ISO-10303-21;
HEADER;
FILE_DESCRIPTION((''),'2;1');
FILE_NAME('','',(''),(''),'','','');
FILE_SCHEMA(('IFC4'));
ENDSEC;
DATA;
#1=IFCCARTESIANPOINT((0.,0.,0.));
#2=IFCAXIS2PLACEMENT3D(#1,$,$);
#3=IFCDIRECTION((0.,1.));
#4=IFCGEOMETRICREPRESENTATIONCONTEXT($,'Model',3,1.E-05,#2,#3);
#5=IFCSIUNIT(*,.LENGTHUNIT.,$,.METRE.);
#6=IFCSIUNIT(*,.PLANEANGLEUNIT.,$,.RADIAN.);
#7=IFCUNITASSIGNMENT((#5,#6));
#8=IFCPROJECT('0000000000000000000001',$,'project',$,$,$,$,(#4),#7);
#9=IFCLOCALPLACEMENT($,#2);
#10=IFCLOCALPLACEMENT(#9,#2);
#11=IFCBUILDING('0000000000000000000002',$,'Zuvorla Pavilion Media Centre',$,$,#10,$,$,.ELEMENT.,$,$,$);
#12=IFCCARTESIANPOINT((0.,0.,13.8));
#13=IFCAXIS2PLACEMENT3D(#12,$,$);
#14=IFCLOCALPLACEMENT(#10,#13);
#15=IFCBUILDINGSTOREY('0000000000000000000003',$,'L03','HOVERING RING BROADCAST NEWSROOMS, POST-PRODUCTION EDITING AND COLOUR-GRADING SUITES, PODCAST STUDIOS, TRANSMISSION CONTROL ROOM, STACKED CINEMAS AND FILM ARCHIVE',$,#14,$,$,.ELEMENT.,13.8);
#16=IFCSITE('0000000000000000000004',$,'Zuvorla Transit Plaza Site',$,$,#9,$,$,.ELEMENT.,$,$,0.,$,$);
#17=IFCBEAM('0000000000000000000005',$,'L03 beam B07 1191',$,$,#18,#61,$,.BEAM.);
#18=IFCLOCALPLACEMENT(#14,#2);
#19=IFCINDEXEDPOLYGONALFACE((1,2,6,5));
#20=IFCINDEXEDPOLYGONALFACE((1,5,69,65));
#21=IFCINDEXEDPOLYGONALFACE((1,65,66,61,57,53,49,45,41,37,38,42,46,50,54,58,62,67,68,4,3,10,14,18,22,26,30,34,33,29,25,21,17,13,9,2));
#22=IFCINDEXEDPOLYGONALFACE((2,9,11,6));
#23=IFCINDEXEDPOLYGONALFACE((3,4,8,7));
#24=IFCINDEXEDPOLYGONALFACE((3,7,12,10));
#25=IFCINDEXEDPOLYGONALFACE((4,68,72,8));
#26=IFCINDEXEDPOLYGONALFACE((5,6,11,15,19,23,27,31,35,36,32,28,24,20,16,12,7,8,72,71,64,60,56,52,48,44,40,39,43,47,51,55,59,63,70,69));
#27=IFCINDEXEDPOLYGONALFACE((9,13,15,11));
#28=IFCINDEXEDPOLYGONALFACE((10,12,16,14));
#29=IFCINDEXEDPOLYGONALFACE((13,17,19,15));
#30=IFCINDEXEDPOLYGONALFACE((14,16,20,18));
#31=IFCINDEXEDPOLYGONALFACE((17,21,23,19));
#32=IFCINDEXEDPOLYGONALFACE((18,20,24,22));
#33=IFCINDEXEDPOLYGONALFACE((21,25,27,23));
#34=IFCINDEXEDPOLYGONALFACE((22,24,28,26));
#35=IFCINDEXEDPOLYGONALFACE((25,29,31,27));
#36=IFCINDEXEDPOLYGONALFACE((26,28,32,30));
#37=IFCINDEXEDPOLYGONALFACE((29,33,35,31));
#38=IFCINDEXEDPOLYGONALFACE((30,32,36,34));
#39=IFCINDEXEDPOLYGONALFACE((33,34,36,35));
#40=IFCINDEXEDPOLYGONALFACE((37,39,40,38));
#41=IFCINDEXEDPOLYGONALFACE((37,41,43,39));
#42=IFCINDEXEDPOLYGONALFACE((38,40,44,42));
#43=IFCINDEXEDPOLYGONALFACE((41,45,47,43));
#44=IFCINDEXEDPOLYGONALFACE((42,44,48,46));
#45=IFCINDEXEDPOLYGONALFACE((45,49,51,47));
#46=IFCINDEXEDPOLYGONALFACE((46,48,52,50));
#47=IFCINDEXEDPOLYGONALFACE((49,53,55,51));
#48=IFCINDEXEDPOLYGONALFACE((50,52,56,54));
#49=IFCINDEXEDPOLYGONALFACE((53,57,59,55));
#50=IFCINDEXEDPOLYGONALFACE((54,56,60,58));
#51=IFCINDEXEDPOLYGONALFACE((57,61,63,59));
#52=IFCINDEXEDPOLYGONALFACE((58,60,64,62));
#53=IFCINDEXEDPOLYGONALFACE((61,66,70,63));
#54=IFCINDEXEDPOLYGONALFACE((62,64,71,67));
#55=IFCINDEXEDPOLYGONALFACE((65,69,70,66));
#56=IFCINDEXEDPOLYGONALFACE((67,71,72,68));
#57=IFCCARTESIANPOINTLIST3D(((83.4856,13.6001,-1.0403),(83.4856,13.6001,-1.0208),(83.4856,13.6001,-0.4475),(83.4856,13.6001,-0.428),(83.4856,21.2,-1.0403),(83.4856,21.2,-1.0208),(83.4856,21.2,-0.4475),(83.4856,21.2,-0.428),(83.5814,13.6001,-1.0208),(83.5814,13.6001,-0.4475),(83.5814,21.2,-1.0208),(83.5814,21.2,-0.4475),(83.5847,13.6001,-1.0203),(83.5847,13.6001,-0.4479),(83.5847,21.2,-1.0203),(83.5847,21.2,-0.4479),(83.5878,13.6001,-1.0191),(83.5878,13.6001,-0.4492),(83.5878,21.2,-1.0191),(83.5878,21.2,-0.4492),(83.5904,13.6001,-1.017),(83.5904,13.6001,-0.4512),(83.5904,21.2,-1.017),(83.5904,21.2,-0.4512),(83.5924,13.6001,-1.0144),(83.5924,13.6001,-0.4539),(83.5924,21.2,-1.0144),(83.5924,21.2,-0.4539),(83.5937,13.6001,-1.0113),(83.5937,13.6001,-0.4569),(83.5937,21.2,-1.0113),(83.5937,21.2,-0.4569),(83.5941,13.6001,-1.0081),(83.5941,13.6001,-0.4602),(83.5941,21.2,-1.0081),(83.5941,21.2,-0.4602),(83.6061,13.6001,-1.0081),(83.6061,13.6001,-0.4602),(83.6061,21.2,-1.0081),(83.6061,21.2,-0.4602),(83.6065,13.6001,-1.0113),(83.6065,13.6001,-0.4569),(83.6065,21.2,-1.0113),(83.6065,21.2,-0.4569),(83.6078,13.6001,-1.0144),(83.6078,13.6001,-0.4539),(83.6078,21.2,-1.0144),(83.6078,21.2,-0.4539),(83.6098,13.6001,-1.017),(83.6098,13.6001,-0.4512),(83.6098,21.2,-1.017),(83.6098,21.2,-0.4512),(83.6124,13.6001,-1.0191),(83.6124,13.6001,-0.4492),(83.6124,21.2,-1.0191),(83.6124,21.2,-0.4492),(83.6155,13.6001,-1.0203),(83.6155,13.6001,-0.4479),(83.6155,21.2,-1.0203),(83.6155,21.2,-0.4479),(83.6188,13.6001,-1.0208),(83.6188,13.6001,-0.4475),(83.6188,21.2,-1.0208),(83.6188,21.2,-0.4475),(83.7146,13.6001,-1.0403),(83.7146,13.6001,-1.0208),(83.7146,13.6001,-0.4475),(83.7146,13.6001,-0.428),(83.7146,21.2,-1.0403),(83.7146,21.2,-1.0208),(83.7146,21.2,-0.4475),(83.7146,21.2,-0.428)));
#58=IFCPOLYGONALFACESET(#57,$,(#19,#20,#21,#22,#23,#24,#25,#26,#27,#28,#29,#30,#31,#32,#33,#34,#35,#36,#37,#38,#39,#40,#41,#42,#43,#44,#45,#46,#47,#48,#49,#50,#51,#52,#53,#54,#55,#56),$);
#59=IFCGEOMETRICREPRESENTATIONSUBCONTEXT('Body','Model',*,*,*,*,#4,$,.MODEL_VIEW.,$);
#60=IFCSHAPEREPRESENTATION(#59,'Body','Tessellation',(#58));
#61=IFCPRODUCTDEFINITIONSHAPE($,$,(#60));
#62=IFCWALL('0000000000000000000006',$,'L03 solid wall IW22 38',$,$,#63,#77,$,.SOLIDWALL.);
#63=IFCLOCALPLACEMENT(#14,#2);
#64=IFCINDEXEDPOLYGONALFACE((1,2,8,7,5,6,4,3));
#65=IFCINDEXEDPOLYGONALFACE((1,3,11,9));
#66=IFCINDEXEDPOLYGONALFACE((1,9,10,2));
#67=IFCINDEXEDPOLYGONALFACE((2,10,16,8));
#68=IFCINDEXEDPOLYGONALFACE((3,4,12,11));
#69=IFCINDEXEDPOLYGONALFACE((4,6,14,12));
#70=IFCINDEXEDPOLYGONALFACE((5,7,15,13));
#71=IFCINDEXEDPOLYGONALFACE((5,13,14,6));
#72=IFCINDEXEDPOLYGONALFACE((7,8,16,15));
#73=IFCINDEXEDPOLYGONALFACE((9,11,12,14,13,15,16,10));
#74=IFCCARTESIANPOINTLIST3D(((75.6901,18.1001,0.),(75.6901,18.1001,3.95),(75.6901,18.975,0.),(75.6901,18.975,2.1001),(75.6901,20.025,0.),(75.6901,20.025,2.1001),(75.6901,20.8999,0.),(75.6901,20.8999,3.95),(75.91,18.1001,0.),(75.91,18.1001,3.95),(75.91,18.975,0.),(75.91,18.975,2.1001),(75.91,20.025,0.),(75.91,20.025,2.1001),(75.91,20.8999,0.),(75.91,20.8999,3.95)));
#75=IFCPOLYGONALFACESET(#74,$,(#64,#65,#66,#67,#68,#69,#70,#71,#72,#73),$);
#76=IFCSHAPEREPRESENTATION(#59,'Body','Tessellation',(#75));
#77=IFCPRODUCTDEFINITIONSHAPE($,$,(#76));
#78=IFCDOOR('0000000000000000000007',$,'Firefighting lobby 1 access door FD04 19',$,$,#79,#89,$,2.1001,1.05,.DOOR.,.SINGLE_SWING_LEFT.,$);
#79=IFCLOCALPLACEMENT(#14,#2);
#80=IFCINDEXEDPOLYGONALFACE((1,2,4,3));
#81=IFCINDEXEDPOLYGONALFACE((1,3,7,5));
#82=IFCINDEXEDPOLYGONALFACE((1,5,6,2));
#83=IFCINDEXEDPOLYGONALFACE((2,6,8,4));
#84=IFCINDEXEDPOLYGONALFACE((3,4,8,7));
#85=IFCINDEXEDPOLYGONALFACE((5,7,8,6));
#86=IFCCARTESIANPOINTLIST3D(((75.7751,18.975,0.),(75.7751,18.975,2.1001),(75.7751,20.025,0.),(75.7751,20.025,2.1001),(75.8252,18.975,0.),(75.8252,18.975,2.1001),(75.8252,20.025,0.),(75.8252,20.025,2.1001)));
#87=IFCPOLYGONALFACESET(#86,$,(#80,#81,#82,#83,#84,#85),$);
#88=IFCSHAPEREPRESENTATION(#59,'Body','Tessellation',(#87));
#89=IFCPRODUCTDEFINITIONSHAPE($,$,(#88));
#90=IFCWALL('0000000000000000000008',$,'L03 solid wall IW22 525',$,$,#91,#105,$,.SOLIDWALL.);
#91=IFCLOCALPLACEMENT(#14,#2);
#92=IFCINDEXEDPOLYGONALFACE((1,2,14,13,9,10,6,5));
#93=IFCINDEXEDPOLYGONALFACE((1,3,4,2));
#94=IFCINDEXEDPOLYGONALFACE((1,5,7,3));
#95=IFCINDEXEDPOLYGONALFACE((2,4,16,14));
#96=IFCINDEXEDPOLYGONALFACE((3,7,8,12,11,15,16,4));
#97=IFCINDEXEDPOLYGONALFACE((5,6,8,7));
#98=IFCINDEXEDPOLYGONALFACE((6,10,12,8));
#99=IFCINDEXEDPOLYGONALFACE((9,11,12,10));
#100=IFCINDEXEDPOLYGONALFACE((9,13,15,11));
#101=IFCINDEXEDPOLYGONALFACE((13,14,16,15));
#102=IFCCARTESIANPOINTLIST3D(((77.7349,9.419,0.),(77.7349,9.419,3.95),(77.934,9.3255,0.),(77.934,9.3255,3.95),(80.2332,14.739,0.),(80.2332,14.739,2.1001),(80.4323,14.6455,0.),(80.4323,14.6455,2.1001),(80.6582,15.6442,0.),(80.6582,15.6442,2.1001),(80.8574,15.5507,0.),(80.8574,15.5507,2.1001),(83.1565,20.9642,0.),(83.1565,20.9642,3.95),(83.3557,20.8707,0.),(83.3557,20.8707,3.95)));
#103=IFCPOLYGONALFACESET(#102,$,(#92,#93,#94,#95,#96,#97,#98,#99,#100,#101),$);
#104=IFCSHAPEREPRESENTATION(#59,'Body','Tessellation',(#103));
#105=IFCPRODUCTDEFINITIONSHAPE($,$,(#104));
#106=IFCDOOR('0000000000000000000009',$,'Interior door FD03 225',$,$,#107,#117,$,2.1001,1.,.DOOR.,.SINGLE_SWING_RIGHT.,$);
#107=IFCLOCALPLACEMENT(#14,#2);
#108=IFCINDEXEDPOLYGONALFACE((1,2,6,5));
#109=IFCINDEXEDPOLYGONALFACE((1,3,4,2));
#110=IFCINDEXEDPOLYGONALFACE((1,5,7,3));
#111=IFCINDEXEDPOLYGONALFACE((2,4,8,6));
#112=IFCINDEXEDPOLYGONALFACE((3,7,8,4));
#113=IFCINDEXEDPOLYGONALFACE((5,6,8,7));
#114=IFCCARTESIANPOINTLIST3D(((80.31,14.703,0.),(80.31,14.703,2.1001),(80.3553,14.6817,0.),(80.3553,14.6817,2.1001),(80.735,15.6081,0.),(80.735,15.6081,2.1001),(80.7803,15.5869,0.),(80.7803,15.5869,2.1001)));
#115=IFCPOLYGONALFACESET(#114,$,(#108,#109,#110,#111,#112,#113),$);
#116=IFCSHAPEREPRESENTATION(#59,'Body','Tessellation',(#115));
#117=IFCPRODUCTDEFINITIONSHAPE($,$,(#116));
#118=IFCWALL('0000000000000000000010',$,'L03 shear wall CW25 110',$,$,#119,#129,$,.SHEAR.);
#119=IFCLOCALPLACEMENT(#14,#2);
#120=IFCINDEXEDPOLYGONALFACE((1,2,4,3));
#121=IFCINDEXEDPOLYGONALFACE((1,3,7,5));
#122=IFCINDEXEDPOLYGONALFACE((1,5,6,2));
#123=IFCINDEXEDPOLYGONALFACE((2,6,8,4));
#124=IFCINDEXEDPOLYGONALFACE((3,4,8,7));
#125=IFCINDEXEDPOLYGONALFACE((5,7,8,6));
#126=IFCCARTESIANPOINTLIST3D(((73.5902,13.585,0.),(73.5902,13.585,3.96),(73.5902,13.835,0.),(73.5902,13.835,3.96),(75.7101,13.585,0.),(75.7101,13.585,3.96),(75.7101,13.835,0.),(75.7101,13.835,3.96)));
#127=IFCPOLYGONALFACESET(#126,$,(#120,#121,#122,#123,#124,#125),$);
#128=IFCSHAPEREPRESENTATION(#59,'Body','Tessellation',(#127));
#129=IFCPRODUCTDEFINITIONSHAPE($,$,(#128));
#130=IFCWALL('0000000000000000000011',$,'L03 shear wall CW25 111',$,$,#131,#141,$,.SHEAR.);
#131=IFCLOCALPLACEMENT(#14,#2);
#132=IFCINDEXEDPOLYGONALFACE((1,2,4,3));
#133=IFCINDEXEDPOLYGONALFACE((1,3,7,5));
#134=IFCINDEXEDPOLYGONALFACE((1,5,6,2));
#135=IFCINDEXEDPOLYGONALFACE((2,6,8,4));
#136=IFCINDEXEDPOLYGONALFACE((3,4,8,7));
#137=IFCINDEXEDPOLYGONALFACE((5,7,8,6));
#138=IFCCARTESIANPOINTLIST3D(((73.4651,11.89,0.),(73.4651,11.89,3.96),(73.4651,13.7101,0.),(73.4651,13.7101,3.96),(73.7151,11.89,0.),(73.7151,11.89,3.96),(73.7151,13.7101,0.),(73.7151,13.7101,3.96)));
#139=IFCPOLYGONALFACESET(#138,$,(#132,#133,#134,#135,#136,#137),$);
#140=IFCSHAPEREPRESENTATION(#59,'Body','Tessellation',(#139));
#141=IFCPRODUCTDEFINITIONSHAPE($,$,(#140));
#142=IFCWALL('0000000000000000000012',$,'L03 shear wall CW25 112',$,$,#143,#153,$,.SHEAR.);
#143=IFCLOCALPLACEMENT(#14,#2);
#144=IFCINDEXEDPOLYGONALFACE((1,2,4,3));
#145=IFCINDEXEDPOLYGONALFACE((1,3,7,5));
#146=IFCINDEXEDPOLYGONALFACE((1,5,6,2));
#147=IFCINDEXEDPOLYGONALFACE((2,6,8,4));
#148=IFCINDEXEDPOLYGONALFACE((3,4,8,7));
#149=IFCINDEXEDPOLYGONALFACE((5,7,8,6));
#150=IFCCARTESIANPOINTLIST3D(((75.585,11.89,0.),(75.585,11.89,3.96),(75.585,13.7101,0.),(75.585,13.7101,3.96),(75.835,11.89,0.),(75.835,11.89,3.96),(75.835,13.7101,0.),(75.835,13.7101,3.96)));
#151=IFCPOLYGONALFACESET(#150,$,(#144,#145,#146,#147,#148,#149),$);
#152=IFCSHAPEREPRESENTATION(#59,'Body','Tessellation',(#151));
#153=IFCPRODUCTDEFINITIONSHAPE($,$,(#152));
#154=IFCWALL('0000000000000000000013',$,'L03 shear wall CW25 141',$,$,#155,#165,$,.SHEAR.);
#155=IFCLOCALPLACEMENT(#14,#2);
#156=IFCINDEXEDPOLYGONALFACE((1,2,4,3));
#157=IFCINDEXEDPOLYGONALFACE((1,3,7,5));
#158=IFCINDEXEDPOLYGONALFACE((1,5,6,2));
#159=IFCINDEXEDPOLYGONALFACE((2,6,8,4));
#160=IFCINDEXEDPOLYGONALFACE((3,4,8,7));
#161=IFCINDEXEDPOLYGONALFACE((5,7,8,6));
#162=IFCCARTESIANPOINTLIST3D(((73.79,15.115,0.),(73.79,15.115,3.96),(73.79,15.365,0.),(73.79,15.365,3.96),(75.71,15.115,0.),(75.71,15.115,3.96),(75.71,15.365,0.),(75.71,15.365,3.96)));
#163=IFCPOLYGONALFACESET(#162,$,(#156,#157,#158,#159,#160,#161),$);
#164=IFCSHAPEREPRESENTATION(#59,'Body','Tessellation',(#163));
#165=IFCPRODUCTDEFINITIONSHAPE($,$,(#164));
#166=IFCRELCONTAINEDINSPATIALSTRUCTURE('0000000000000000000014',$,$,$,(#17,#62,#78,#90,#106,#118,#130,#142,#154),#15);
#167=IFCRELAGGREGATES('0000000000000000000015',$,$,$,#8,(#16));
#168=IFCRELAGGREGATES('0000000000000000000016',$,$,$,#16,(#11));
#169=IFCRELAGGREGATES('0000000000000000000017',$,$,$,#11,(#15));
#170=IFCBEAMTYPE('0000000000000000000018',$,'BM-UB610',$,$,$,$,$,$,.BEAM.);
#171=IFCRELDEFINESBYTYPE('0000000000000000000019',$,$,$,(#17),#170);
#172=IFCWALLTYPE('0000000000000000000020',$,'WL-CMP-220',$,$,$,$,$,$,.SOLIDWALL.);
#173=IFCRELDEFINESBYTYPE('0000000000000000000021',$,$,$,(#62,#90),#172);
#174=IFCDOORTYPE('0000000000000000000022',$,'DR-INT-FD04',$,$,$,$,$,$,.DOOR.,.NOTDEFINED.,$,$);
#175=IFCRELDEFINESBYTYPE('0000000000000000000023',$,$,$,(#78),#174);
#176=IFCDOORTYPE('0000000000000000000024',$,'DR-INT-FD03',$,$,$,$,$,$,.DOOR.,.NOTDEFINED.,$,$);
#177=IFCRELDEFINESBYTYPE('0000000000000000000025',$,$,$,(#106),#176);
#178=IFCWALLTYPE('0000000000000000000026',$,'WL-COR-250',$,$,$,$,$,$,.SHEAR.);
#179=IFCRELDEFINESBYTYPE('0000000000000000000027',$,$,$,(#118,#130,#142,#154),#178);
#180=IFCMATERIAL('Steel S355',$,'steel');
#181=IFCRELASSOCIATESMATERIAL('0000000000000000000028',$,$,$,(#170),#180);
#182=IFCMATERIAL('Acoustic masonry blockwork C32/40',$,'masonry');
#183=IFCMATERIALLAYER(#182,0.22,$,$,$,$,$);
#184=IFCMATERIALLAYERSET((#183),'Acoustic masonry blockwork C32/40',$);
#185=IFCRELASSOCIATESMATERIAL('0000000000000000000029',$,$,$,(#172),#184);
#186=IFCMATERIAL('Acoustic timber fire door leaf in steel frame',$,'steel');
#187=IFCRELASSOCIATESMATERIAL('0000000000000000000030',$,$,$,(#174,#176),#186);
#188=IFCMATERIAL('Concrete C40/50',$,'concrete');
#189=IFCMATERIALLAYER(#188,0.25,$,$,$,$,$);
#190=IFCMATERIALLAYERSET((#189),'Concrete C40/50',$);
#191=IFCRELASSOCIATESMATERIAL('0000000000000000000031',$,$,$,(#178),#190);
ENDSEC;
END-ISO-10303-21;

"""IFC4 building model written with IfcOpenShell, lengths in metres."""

from ifc_helpers import new_model, si_unit, direction, frame, frame_2d, origin, origin_2d, place, context, subcontext, project, spatial, rectangle, i_section, extrude, material, layer, layer_set, material_profile, profile_set, type_object, element, fill, save


model = new_model("IFC4")

# Units and contexts
model_context = context("Model", 3, precision=1e-05, world=origin(), true_north=direction((0.0, 1.0)))
body_context = subcontext(model_context, "Body", "Model", "MODEL_VIEW")
ifc_project = project(units=[si_unit("LENGTHUNIT", "METRE"), si_unit("PLANEANGLEUNIT", "RADIAN")], contexts=[model_context])

# Site, building, storey
site_placement = place(None, origin())
site = spatial("IfcSite", under=ifc_project, at=site_placement, Name="Zuvorla Transit Plaza Site", CompositionType="ELEMENT", RefElevation=0.0)
building_placement = place(site_placement, origin())
building = spatial("IfcBuilding", under=site, at=building_placement, Name="Zuvorla Pavilion Media Centre", CompositionType="ELEMENT")
storey_placement = place(building_placement, frame((0.0, 0.0, 13.8)))
storey = spatial("IfcBuildingStorey", under=building, at=storey_placement, Name="L03", Description="HOVERING RING BROADCAST NEWSROOMS, POST-PRODUCTION EDITING AND COLOUR-GRADING SUITES, PODCAST STUDIOS, TRANSMISSION CONTROL ROOM, STACKED CINEMAS AND FILM ARCHIVE", CompositionType="ELEMENT", Elevation=13.8)

# Shared definitions
ifc_material_1 = material(Name="Concrete C40/50", Category="concrete")

# Beam
ifc_material_2 = material(Name="Steel S355", Category="steel")
ifc_material_profile_1 = material_profile(ifc_material_2, i_section(OverallWidth=0.229, OverallDepth=0.6123, WebThickness=0.012, FlangeThickness=0.0195, FilletRadius=0.0127, at=origin_2d()), Name="UB 610x229x125")
ifc_profile_set_1 = profile_set([ifc_material_profile_1], Name="Steel S355")
beam_type_1 = type_object("IfcBeamType", Name="BM-UB610", PredefinedType="BEAM", material=ifc_profile_set_1)
beam_1_placement = place(storey_placement, frame((83.6001, 13.6001, -0.7341), z_axis=(0.0, 1.0, 0.0), x_axis=(-1.0, 0.0, 0.0)))
element("IfcBeam", 1, at=beam_1_placement, inside=storey, type_object=beam_type_1, Name="L03 beam B07 1191", PredefinedType="BEAM", context=body_context, shape_type="SweptSolid", body=[
    extrude(i_section(OverallWidth=0.229, OverallDepth=0.6123, WebThickness=0.012, FlangeThickness=0.0195, FilletRadius=0.0127, at=origin_2d()), origin(), (0.0, 0.0, 1.0), 7.5999),
])

# Walls, openings, doors
ifc_material_3 = material(Name="Acoustic masonry blockwork C32/40", Category="masonry")
ifc_layer_1 = layer(ifc_material_3, 0.22)
ifc_layer_set_1 = layer_set([ifc_layer_1], Name="Acoustic masonry blockwork C32/40")
wall_type_1 = type_object("IfcWallType", Name="WL-CMP-220", PredefinedType="SOLIDWALL", material=ifc_layer_set_1)
wall_1_placement = place(storey_placement, frame((75.8, 18.1001, 0.0), z_axis=(0.0, 0.0, 1.0), x_axis=(0.0, 1.0, 0.0)))
wall_1 = element("IfcWall", 2, at=wall_1_placement, inside=storey, type_object=wall_type_1, Name="L03 solid wall IW22 38", PredefinedType="SOLIDWALL", context=body_context, shape_type="SweptSolid", body=[
    extrude(rectangle(XDim=2.7998, YDim=0.22, at=frame_2d((1.3999, 0.0))), origin(), (0.0, 0.0, 1.0), 3.95),
])
opening_1_placement = place(wall_1_placement, frame((0.875, 0.0, 0.0)))
opening_1 = element("IfcOpeningElement", 3, at=opening_1_placement, cuts=wall_1, PredefinedType="OPENING", context=body_context, shape_type="SweptSolid", body=[
    extrude(rectangle(XDim=1.05, YDim=2.1001, at=frame_2d((0.5249, 1.05))), frame((0.0, 0.1199, 0.0), z_axis=(0.0, -1.0, 0.0), x_axis=(1.0, 0.0, 0.0)), (0.0, 0.0, 1.0), 0.24),
])
ifc_material_4 = material(Name="Acoustic timber fire door leaf in steel frame", Category="steel")
door_type_1 = type_object("IfcDoorType", Name="DR-INT-FD04", OperationType="NOTDEFINED", PredefinedType="DOOR", material=ifc_material_4)
door_1_placement = place(opening_1_placement, origin())
door_1 = element("IfcDoor", 4, at=door_1_placement, inside=storey, type_object=door_type_1, Name="Firefighting lobby 1 access door FD04 19", OperationType="SINGLE_SWING_LEFT", OverallHeight=2.1001, OverallWidth=1.05, PredefinedType="DOOR", context=body_context, shape_type="SweptSolid", body=[
    extrude(rectangle(XDim=1.05, YDim=2.1001, at=frame_2d((0.5249, 1.05))), frame((0.0, 0.0249, 0.0), z_axis=(0.0, -1.0, 0.0), x_axis=(1.0, 0.0, 0.0)), (0.0, 0.0, 1.0), 0.05),
])
fill(opening_1, door_1)
wall_2_placement = place(storey_placement, frame((83.2561, 20.9175, 0.0), z_axis=(0.0, 0.0, 1.0), x_axis=(-0.425066, -0.905162, 0.0)))
wall_2 = element("IfcWall", 5, at=wall_2_placement, inside=storey, type_object=wall_type_1, Name="L03 solid wall IW22 525", PredefinedType="SOLIDWALL", context=body_context, shape_type="SweptSolid", body=[
    extrude(rectangle(XDim=12.7549, YDim=0.22, at=frame_2d((6.3774, 0.0))), origin(), (0.0, 0.0, 1.0), 3.95),
])
opening_2_placement = place(wall_2_placement, frame((5.8774, 0.0, 0.0)))
opening_2 = element("IfcOpeningElement", 6, at=opening_2_placement, cuts=wall_2, PredefinedType="OPENING", context=body_context, shape_type="SweptSolid", body=[
    extrude(rectangle(XDim=1.0, YDim=2.1001, at=frame_2d((0.5, 1.05))), frame((0.0, 0.1199, 0.0), z_axis=(0.0, -1.0, 0.0), x_axis=(1.0, 0.0, 0.0)), (0.0, 0.0, 1.0), 0.24),
])
door_type_2 = type_object("IfcDoorType", Name="DR-INT-FD03", OperationType="NOTDEFINED", PredefinedType="DOOR", material=ifc_material_4)
door_2_placement = place(opening_2_placement, origin())
door_2 = element("IfcDoor", 7, at=door_2_placement, inside=storey, type_object=door_type_2, Name="Interior door FD03 225", OperationType="SINGLE_SWING_RIGHT", OverallHeight=2.1001, OverallWidth=1.0, PredefinedType="DOOR", context=body_context, shape_type="SweptSolid", body=[
    extrude(rectangle(XDim=1.0, YDim=2.1001, at=frame_2d((0.5, 1.05))), frame((0.0, 0.0249, 0.0), z_axis=(0.0, -1.0, 0.0), x_axis=(1.0, 0.0, 0.0)), (0.0, 0.0, 1.0), 0.05),
])
fill(opening_2, door_2)
ifc_layer_2 = layer(ifc_material_1, 0.25)
ifc_layer_set_2 = layer_set([ifc_layer_2], Name="Concrete C40/50")
wall_type_2 = type_object("IfcWallType", Name="WL-COR-250", PredefinedType="SHEAR", material=ifc_layer_set_2)

# Walls
wall_3_placement = place(storey_placement, frame((73.5901, 13.71, 0.0), z_axis=(0.0, 0.0, 1.0), x_axis=(1.0, 0.0, 0.0)))
element("IfcWall", 8, at=wall_3_placement, inside=storey, type_object=wall_type_2, Name="L03 shear wall CW25 110", PredefinedType="SHEAR", context=body_context, shape_type="SweptSolid", body=[
    extrude(rectangle(XDim=2.1199, YDim=0.25, at=frame_2d((1.0601, 0.0))), origin(), (0.0, 0.0, 1.0), 3.96),
])
for number, where, z_axis, x_axis, name in (
    (9, (73.5901, 11.8899, 0.0), (0.0, 0.0, 1.0), (0.0, 1.0, 0.0), "L03 shear wall CW25 111"),
    (10, (75.71, 11.8899, 0.0), (0.0, 0.0, 1.0), (0.0, 1.0, 0.0), "L03 shear wall CW25 112"),
):
    element("IfcWall", number, at=place(storey_placement, frame(where, z_axis=z_axis, x_axis=x_axis)), inside=storey, type_object=wall_type_2, Name=name, PredefinedType="SHEAR", context=body_context, shape_type="SweptSolid", body=[
        extrude(rectangle(XDim=1.8201, YDim=0.25, at=frame_2d((0.9102, 0.0))), origin(), (0.0, 0.0, 1.0), 3.96),
    ])
wall_4_placement = place(storey_placement, frame((73.79, 15.24, 0.0), z_axis=(0.0, 0.0, 1.0), x_axis=(1.0, 0.0, 0.0)))
element("IfcWall", 11, at=wall_4_placement, inside=storey, type_object=wall_type_2, Name="L03 shear wall CW25 141", PredefinedType="SHEAR", context=body_context, shape_type="SweptSolid", body=[
    extrude(rectangle(XDim=1.9199, YDim=0.25, at=frame_2d((0.96, 0.0))), origin(), (0.0, 0.0, 1.0), 3.96),
])

save(model, "model.ifc")
